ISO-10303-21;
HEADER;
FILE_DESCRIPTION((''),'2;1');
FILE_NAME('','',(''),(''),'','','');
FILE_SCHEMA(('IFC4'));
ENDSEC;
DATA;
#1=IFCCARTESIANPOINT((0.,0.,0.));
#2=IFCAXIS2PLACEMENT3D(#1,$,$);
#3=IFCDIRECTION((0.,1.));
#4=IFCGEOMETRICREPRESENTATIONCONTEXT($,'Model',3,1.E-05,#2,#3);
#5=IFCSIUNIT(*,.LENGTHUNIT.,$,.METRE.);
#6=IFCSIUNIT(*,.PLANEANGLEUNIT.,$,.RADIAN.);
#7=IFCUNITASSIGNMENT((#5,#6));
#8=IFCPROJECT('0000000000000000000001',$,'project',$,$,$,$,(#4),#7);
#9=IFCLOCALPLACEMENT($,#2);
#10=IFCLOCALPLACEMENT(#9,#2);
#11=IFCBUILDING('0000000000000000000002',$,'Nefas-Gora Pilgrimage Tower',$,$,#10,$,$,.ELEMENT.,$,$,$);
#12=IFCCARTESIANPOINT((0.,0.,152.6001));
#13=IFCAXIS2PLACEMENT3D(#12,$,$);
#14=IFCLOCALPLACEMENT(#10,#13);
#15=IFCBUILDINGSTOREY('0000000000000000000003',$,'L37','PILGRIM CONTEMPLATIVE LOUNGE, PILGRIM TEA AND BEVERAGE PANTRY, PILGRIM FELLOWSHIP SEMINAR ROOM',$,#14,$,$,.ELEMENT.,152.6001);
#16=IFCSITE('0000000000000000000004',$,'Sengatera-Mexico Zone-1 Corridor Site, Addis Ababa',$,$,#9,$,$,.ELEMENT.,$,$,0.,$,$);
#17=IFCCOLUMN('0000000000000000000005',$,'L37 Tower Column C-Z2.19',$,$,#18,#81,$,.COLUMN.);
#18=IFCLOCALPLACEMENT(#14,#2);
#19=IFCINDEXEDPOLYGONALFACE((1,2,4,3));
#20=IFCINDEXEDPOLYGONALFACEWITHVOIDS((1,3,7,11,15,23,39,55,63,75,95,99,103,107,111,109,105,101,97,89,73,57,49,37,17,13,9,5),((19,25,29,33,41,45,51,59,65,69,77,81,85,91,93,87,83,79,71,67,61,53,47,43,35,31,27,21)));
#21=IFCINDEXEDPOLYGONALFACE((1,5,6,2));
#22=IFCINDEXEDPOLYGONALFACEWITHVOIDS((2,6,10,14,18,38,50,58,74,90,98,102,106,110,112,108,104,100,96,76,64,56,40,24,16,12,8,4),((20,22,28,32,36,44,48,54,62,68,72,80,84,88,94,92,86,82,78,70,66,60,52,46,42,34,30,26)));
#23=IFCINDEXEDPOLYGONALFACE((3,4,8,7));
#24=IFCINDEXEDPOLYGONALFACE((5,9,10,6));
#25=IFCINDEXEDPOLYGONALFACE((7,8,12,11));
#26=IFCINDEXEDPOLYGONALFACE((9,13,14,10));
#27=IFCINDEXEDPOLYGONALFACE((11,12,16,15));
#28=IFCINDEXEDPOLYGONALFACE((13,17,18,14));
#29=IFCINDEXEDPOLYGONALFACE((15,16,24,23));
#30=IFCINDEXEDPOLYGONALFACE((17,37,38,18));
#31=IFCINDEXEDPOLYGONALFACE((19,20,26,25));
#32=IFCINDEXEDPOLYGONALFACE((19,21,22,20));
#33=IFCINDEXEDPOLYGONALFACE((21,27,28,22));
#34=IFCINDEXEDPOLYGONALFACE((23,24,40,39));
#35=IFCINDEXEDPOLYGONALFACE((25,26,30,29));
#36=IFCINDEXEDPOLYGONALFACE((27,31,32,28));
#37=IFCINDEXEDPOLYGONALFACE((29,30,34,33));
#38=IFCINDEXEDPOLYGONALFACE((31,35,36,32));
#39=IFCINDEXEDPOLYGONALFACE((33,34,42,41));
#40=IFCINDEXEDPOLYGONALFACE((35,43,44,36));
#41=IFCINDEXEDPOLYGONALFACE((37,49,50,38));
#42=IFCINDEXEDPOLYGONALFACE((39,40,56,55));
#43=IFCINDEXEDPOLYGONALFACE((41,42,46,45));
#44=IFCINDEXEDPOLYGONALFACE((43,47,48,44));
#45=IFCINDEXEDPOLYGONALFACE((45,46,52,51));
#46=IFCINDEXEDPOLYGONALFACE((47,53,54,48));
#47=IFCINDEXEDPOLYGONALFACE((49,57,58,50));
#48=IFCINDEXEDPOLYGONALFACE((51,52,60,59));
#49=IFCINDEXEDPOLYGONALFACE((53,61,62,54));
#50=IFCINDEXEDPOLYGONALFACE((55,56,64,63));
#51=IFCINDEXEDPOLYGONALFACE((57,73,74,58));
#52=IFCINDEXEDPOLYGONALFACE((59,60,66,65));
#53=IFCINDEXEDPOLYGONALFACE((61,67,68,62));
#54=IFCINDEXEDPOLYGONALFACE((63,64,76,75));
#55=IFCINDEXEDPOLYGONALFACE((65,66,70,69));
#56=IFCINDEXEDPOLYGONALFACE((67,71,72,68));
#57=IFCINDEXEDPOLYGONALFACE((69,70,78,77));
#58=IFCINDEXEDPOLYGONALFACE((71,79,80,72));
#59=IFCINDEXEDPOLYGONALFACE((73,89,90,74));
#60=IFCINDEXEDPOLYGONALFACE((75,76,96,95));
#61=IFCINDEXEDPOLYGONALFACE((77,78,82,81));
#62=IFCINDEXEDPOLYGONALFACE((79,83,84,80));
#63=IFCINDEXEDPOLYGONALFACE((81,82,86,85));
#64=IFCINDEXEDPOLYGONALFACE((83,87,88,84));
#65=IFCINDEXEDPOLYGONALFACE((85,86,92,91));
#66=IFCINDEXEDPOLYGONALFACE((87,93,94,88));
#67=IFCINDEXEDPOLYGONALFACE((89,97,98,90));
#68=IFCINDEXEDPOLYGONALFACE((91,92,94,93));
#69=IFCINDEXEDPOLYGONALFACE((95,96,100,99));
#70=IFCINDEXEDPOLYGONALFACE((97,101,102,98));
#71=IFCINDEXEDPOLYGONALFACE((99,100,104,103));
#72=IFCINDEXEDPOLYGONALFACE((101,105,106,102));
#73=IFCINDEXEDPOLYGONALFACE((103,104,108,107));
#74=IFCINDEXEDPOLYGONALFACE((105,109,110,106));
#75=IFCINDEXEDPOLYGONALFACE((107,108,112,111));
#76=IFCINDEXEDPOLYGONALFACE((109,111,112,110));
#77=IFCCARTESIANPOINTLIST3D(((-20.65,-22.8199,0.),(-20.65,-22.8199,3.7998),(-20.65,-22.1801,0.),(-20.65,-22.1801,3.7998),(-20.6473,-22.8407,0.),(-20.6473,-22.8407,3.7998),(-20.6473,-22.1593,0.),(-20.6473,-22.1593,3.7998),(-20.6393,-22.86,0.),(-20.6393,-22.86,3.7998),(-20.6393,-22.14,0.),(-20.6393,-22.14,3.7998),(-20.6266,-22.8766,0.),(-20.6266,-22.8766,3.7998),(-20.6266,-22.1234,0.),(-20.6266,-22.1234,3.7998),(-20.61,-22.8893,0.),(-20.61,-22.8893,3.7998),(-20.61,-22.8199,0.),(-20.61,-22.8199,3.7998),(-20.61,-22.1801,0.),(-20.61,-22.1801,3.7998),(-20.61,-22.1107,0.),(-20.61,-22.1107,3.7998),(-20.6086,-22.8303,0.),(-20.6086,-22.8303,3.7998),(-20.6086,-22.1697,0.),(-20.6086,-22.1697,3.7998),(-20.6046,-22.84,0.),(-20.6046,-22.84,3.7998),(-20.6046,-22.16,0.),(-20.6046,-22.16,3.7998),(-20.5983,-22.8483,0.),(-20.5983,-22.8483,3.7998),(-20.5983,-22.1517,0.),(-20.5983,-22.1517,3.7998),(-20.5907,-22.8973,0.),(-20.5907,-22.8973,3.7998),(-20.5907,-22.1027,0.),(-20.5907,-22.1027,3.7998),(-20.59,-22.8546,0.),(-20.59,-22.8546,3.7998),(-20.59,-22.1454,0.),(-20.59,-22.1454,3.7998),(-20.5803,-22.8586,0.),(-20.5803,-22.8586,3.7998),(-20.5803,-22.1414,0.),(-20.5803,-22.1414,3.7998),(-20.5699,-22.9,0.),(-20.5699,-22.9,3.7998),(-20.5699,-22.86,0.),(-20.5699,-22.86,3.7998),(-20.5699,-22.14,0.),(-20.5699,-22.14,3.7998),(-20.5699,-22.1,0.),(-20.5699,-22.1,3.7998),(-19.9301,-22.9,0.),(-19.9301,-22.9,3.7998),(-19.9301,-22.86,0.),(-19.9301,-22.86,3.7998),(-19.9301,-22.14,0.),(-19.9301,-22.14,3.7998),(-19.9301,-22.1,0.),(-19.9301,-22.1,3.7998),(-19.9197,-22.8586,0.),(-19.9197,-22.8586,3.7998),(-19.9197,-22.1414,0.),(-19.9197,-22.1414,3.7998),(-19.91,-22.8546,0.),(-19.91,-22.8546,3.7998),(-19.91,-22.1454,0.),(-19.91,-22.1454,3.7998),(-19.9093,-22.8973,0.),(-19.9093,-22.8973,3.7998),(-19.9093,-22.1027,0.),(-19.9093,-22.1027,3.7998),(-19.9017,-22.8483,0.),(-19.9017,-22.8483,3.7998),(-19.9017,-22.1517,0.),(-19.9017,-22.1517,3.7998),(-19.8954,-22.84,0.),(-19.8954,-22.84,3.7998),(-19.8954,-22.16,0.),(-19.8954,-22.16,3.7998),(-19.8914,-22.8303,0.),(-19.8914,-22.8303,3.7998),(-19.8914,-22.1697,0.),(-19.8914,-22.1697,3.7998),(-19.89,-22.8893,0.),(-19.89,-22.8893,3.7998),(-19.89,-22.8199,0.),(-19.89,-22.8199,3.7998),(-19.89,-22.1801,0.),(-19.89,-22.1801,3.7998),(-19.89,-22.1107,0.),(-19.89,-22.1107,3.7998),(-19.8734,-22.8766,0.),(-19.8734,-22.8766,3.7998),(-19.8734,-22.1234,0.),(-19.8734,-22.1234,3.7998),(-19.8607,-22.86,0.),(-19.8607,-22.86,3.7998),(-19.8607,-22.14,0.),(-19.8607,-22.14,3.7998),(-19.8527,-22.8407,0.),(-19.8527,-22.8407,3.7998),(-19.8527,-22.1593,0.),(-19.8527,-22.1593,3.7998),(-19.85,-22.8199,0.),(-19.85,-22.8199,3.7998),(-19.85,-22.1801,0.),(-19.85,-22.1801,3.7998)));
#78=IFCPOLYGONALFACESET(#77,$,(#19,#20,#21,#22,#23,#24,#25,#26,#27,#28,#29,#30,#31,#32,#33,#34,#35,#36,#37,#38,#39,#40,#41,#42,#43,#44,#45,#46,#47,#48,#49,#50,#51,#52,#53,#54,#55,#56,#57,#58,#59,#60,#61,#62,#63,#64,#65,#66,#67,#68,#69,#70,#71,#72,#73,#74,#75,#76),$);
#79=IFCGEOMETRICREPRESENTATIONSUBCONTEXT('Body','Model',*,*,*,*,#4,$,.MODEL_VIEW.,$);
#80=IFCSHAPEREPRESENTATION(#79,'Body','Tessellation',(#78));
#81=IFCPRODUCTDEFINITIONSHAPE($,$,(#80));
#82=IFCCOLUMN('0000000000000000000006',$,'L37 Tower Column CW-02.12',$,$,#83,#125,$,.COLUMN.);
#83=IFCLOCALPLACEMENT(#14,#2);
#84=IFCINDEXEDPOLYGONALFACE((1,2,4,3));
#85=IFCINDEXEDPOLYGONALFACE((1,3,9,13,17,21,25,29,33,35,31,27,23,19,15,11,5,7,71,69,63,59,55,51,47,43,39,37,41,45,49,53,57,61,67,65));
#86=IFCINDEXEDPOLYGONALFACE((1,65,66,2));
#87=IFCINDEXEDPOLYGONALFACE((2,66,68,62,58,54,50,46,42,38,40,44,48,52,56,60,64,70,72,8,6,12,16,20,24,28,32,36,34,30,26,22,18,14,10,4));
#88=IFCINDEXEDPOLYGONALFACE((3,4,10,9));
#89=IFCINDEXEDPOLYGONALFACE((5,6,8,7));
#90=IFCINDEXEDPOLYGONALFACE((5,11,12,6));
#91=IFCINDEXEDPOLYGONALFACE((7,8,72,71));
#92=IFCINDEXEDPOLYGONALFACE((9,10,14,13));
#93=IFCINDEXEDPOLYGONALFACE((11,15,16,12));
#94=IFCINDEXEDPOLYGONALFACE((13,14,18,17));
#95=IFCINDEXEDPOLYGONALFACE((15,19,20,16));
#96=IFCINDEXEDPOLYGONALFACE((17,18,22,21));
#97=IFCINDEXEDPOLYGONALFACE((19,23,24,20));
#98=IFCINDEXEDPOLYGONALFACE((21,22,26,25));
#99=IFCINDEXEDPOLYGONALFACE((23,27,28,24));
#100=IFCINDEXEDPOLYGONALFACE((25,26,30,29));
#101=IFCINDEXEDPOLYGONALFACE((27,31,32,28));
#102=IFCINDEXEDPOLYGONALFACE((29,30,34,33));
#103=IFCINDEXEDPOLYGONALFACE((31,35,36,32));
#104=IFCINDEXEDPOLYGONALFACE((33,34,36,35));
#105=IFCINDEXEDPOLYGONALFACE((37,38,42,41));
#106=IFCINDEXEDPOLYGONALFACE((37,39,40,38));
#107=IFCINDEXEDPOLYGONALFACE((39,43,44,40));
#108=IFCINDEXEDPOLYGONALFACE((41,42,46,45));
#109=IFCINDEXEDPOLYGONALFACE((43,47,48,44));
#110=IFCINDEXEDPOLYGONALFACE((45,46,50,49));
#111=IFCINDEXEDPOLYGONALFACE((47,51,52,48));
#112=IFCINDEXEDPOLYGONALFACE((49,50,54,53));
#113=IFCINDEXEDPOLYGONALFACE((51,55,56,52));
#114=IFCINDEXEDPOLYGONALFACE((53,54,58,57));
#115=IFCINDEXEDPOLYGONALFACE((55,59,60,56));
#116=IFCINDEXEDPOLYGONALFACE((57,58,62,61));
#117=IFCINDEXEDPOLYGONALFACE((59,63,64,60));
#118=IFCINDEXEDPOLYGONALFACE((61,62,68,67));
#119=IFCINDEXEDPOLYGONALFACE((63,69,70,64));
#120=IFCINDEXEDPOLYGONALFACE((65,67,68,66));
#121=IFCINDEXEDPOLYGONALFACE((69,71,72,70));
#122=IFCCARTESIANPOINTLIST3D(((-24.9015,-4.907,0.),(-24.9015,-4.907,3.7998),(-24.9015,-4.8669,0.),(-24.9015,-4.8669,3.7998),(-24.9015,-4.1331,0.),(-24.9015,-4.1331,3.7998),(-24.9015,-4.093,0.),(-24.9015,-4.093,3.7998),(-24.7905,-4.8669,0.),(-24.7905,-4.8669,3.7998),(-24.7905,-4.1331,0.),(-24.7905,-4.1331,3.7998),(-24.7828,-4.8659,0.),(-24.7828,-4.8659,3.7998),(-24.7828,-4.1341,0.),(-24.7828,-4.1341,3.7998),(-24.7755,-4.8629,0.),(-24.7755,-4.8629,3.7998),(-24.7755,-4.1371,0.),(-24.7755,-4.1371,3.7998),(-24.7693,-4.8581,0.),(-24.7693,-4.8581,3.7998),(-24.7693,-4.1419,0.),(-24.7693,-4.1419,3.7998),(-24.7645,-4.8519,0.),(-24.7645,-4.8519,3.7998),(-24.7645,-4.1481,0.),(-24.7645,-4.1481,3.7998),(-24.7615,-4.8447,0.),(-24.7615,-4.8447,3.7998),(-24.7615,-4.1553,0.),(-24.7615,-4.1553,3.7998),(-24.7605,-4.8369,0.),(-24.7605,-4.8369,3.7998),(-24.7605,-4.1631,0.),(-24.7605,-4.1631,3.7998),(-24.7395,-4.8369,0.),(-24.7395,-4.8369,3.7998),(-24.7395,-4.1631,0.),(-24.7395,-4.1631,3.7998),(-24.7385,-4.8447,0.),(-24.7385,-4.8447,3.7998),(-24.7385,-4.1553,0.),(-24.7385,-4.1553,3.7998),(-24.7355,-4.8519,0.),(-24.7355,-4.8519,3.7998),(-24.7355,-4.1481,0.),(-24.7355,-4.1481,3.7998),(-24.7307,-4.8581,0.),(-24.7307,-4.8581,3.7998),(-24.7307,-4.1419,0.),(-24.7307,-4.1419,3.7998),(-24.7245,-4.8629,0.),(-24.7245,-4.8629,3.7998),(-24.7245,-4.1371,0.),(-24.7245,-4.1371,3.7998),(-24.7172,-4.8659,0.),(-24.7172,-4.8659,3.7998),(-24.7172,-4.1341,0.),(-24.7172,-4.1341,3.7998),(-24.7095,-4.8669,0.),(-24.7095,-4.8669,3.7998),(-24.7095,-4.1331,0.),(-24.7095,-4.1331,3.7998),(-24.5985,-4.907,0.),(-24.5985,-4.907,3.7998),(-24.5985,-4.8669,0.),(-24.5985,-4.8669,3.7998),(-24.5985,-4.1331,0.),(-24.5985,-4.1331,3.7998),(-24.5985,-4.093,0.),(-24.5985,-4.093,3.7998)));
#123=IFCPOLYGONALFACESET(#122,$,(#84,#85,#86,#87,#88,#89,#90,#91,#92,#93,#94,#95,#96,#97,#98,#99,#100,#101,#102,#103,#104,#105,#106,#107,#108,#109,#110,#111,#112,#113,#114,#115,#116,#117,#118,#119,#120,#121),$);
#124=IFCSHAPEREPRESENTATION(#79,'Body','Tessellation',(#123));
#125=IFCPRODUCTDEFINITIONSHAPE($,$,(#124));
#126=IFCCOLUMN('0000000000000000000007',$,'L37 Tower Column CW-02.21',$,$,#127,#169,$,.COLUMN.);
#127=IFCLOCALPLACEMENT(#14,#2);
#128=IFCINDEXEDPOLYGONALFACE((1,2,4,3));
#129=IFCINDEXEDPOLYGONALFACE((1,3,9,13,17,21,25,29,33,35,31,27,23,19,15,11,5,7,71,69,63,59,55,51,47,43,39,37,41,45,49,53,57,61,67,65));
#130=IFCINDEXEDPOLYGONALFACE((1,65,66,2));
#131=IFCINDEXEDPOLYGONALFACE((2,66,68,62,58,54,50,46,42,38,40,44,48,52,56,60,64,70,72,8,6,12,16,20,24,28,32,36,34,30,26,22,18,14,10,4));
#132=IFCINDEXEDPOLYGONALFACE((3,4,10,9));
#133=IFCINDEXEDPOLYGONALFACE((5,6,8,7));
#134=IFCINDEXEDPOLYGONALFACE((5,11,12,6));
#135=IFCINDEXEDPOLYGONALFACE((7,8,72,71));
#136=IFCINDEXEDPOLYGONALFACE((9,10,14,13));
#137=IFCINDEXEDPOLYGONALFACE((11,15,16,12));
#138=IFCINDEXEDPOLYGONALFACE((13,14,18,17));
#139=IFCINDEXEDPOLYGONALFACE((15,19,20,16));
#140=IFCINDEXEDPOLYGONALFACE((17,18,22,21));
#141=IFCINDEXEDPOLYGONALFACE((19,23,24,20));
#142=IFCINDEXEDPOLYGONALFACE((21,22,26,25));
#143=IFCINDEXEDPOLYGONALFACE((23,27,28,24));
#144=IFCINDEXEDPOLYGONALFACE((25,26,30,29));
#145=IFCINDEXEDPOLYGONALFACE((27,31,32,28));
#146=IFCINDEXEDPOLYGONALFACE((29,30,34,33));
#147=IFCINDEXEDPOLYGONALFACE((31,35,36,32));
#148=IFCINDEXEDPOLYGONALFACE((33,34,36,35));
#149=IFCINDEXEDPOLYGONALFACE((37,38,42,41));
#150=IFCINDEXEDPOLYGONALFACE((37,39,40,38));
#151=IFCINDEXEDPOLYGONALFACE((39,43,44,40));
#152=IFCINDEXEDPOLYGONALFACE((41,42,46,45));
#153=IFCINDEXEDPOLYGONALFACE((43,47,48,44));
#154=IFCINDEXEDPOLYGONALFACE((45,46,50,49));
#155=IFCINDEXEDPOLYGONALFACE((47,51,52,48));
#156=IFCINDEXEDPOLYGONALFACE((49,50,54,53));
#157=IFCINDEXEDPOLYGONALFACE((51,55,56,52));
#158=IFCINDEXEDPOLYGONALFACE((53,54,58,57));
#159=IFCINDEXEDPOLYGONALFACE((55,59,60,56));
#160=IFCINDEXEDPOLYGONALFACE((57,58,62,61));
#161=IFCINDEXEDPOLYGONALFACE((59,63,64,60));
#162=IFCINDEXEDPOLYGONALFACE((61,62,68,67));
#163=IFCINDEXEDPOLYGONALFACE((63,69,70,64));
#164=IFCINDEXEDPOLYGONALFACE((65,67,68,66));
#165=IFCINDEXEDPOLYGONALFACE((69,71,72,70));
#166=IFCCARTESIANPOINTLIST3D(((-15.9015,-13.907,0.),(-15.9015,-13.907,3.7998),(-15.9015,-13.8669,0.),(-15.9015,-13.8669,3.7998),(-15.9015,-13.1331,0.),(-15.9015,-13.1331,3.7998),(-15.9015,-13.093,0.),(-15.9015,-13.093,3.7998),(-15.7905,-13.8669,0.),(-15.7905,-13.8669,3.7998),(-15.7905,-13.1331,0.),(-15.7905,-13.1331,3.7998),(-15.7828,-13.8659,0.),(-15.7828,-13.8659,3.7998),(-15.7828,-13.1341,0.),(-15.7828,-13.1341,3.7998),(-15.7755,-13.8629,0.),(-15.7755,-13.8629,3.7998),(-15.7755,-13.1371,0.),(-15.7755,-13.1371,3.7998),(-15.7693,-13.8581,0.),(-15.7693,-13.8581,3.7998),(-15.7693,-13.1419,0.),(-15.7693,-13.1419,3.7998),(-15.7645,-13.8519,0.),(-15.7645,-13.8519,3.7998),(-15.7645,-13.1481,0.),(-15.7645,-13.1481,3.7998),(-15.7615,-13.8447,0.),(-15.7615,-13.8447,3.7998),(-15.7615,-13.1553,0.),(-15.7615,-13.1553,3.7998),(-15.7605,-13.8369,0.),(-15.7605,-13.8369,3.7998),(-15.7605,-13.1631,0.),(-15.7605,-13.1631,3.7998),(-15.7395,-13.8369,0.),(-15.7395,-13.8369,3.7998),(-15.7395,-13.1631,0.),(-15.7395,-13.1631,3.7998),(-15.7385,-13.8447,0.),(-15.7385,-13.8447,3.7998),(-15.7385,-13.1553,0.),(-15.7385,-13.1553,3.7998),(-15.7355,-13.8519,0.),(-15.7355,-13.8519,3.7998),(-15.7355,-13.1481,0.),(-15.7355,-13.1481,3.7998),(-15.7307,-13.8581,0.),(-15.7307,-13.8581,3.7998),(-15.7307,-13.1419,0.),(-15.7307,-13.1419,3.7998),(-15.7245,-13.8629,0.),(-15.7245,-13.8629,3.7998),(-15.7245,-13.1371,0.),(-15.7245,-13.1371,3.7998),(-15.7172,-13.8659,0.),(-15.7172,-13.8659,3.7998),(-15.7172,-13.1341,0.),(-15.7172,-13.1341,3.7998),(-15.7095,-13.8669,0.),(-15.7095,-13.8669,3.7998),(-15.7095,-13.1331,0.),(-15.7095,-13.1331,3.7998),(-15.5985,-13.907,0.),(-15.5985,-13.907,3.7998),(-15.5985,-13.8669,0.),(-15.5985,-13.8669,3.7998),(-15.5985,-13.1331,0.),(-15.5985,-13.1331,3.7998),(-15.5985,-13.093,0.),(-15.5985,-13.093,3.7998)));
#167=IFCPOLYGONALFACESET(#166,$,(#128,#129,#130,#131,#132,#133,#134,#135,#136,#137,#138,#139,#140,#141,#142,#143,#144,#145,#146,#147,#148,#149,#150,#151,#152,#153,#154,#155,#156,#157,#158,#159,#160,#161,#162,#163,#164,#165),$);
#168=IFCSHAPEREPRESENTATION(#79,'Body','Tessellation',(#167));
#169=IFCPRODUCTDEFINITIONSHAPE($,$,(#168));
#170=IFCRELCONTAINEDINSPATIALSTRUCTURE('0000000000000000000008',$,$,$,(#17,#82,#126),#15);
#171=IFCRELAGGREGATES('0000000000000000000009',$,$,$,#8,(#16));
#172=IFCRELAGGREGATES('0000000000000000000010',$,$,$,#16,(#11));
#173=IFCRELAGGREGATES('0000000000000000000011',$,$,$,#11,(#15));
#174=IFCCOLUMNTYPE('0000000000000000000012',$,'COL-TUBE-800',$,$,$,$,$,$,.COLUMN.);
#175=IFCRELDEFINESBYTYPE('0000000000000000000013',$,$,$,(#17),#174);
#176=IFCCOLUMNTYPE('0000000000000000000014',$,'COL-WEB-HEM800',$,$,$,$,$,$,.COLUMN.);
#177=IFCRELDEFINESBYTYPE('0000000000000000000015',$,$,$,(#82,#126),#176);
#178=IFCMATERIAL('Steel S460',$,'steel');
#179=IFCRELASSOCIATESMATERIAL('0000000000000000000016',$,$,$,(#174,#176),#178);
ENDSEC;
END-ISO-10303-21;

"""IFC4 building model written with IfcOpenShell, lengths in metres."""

from ifc_helpers import new_model, si_unit, direction, frame, origin, origin_2d, place, context, subcontext, project, spatial, hollow_rectangle, i_section, extrude, source, transform, mapped, material, material_profile, profile_set, type_object, element, save


model = new_model("IFC4")

# Units and contexts
model_context = context("Model", 3, precision=1e-05, world=origin(), true_north=direction((0.0, 1.0)))
body_context = subcontext(model_context, "Body", "Model", "MODEL_VIEW")
ifc_project = project(units=[si_unit("LENGTHUNIT", "METRE"), si_unit("PLANEANGLEUNIT", "RADIAN")], contexts=[model_context])

# Site, building, storey
site_placement = place(None, origin())
site = spatial("IfcSite", under=ifc_project, at=site_placement, Name="Sengatera-Mexico Zone-1 Corridor Site, Addis Ababa", CompositionType="ELEMENT", RefElevation=0.0)
building_placement = place(site_placement, origin())
building = spatial("IfcBuilding", under=site, at=building_placement, Name="Nefas-Gora Pilgrimage Tower", CompositionType="ELEMENT")
storey_placement = place(building_placement, frame((0.0, 0.0, 152.6001)))
storey = spatial("IfcBuildingStorey", under=building, at=storey_placement, Name="L37", Description="PILGRIM CONTEMPLATIVE LOUNGE, PILGRIM TEA AND BEVERAGE PANTRY, PILGRIM FELLOWSHIP SEMINAR ROOM", CompositionType="ELEMENT", Elevation=152.6001)

# Columns
ifc_material_1 = material(Name="Steel S460", Category="steel")
ifc_material_profile_1 = material_profile(ifc_material_1, hollow_rectangle(XDim=0.8, YDim=0.8, WallThickness=0.04, InnerFilletRadius=0.04, OuterFilletRadius=0.0801, at=origin_2d()), Name="BOX 800x800x40")
ifc_profile_set_1 = profile_set([ifc_material_profile_1], Name="Steel S460")
column_type_1 = type_object("IfcColumnType", Name="COL-TUBE-800", PredefinedType="COLUMN", material=ifc_profile_set_1)
shared_shape_1 = source(origin(), body_context, "Body", "SweptSolid", [
    extrude(hollow_rectangle(XDim=0.8, YDim=0.8, WallThickness=0.04, InnerFilletRadius=0.04, OuterFilletRadius=0.0801, at=origin_2d()), origin(), (0.0, 0.0, 1.0), 3.7998),
])
column_placement = place(storey_placement, frame((-20.25, -22.5, 0.0), z_axis=(0.0, 0.0, 1.0), x_axis=(1.0, 0.0, 0.0)))
element("IfcColumn", 1, at=column_placement, inside=storey, type_object=column_type_1, Name="L37 Tower Column C-Z2.19", PredefinedType="COLUMN", context=body_context, shape_type="MappedRepresentation", body=[
    mapped(shared_shape_1, transform((0.0, 0.0, 0.0), x_axis=(1.0, 0.0, 0.0), y_axis=(0.0, 1.0, 0.0), z_axis=(0.0, 0.0, 1.0), scale=1.0)),
])
ifc_material_profile_2 = material_profile(ifc_material_1, i_section(OverallWidth=0.303, OverallDepth=0.814, WebThickness=0.021, FlangeThickness=0.04, FilletRadius=0.03, at=origin_2d()), Name="HEM 800")
ifc_profile_set_2 = profile_set([ifc_material_profile_2], Name="Steel S460")
column_type_2 = type_object("IfcColumnType", Name="COL-WEB-HEM800", PredefinedType="COLUMN", material=ifc_profile_set_2)
shared_shape_2 = source(origin(), body_context, "Body", "SweptSolid", [
    extrude(i_section(OverallWidth=0.303, OverallDepth=0.814, WebThickness=0.021, FlangeThickness=0.04, FilletRadius=0.03, at=origin_2d()), origin(), (0.0, 0.0, 1.0), 3.7998),
])
for number, where, z_axis, x_axis, name in (
    (2, (-24.75, -4.5, 0.0), (0.0, 0.0, 1.0), (1.0, 0.0, 0.0), "L37 Tower Column CW-02.12"),
    (3, (-15.75, -13.5, 0.0), (0.0, 0.0, 1.0), (1.0, 0.0, 0.0), "L37 Tower Column CW-02.21"),
):
    element("IfcColumn", number, at=place(storey_placement, frame(where, z_axis=z_axis, x_axis=x_axis)), inside=storey, type_object=column_type_2, Name=name, PredefinedType="COLUMN", context=body_context, shape_type="MappedRepresentation", body=[
        mapped(shared_shape_2, transform((0.0, 0.0, 0.0), x_axis=(1.0, 0.0, 0.0), y_axis=(0.0, 1.0, 0.0), z_axis=(0.0, 0.0, 1.0), scale=1.0)),
    ])

save(model, "model.ifc")
